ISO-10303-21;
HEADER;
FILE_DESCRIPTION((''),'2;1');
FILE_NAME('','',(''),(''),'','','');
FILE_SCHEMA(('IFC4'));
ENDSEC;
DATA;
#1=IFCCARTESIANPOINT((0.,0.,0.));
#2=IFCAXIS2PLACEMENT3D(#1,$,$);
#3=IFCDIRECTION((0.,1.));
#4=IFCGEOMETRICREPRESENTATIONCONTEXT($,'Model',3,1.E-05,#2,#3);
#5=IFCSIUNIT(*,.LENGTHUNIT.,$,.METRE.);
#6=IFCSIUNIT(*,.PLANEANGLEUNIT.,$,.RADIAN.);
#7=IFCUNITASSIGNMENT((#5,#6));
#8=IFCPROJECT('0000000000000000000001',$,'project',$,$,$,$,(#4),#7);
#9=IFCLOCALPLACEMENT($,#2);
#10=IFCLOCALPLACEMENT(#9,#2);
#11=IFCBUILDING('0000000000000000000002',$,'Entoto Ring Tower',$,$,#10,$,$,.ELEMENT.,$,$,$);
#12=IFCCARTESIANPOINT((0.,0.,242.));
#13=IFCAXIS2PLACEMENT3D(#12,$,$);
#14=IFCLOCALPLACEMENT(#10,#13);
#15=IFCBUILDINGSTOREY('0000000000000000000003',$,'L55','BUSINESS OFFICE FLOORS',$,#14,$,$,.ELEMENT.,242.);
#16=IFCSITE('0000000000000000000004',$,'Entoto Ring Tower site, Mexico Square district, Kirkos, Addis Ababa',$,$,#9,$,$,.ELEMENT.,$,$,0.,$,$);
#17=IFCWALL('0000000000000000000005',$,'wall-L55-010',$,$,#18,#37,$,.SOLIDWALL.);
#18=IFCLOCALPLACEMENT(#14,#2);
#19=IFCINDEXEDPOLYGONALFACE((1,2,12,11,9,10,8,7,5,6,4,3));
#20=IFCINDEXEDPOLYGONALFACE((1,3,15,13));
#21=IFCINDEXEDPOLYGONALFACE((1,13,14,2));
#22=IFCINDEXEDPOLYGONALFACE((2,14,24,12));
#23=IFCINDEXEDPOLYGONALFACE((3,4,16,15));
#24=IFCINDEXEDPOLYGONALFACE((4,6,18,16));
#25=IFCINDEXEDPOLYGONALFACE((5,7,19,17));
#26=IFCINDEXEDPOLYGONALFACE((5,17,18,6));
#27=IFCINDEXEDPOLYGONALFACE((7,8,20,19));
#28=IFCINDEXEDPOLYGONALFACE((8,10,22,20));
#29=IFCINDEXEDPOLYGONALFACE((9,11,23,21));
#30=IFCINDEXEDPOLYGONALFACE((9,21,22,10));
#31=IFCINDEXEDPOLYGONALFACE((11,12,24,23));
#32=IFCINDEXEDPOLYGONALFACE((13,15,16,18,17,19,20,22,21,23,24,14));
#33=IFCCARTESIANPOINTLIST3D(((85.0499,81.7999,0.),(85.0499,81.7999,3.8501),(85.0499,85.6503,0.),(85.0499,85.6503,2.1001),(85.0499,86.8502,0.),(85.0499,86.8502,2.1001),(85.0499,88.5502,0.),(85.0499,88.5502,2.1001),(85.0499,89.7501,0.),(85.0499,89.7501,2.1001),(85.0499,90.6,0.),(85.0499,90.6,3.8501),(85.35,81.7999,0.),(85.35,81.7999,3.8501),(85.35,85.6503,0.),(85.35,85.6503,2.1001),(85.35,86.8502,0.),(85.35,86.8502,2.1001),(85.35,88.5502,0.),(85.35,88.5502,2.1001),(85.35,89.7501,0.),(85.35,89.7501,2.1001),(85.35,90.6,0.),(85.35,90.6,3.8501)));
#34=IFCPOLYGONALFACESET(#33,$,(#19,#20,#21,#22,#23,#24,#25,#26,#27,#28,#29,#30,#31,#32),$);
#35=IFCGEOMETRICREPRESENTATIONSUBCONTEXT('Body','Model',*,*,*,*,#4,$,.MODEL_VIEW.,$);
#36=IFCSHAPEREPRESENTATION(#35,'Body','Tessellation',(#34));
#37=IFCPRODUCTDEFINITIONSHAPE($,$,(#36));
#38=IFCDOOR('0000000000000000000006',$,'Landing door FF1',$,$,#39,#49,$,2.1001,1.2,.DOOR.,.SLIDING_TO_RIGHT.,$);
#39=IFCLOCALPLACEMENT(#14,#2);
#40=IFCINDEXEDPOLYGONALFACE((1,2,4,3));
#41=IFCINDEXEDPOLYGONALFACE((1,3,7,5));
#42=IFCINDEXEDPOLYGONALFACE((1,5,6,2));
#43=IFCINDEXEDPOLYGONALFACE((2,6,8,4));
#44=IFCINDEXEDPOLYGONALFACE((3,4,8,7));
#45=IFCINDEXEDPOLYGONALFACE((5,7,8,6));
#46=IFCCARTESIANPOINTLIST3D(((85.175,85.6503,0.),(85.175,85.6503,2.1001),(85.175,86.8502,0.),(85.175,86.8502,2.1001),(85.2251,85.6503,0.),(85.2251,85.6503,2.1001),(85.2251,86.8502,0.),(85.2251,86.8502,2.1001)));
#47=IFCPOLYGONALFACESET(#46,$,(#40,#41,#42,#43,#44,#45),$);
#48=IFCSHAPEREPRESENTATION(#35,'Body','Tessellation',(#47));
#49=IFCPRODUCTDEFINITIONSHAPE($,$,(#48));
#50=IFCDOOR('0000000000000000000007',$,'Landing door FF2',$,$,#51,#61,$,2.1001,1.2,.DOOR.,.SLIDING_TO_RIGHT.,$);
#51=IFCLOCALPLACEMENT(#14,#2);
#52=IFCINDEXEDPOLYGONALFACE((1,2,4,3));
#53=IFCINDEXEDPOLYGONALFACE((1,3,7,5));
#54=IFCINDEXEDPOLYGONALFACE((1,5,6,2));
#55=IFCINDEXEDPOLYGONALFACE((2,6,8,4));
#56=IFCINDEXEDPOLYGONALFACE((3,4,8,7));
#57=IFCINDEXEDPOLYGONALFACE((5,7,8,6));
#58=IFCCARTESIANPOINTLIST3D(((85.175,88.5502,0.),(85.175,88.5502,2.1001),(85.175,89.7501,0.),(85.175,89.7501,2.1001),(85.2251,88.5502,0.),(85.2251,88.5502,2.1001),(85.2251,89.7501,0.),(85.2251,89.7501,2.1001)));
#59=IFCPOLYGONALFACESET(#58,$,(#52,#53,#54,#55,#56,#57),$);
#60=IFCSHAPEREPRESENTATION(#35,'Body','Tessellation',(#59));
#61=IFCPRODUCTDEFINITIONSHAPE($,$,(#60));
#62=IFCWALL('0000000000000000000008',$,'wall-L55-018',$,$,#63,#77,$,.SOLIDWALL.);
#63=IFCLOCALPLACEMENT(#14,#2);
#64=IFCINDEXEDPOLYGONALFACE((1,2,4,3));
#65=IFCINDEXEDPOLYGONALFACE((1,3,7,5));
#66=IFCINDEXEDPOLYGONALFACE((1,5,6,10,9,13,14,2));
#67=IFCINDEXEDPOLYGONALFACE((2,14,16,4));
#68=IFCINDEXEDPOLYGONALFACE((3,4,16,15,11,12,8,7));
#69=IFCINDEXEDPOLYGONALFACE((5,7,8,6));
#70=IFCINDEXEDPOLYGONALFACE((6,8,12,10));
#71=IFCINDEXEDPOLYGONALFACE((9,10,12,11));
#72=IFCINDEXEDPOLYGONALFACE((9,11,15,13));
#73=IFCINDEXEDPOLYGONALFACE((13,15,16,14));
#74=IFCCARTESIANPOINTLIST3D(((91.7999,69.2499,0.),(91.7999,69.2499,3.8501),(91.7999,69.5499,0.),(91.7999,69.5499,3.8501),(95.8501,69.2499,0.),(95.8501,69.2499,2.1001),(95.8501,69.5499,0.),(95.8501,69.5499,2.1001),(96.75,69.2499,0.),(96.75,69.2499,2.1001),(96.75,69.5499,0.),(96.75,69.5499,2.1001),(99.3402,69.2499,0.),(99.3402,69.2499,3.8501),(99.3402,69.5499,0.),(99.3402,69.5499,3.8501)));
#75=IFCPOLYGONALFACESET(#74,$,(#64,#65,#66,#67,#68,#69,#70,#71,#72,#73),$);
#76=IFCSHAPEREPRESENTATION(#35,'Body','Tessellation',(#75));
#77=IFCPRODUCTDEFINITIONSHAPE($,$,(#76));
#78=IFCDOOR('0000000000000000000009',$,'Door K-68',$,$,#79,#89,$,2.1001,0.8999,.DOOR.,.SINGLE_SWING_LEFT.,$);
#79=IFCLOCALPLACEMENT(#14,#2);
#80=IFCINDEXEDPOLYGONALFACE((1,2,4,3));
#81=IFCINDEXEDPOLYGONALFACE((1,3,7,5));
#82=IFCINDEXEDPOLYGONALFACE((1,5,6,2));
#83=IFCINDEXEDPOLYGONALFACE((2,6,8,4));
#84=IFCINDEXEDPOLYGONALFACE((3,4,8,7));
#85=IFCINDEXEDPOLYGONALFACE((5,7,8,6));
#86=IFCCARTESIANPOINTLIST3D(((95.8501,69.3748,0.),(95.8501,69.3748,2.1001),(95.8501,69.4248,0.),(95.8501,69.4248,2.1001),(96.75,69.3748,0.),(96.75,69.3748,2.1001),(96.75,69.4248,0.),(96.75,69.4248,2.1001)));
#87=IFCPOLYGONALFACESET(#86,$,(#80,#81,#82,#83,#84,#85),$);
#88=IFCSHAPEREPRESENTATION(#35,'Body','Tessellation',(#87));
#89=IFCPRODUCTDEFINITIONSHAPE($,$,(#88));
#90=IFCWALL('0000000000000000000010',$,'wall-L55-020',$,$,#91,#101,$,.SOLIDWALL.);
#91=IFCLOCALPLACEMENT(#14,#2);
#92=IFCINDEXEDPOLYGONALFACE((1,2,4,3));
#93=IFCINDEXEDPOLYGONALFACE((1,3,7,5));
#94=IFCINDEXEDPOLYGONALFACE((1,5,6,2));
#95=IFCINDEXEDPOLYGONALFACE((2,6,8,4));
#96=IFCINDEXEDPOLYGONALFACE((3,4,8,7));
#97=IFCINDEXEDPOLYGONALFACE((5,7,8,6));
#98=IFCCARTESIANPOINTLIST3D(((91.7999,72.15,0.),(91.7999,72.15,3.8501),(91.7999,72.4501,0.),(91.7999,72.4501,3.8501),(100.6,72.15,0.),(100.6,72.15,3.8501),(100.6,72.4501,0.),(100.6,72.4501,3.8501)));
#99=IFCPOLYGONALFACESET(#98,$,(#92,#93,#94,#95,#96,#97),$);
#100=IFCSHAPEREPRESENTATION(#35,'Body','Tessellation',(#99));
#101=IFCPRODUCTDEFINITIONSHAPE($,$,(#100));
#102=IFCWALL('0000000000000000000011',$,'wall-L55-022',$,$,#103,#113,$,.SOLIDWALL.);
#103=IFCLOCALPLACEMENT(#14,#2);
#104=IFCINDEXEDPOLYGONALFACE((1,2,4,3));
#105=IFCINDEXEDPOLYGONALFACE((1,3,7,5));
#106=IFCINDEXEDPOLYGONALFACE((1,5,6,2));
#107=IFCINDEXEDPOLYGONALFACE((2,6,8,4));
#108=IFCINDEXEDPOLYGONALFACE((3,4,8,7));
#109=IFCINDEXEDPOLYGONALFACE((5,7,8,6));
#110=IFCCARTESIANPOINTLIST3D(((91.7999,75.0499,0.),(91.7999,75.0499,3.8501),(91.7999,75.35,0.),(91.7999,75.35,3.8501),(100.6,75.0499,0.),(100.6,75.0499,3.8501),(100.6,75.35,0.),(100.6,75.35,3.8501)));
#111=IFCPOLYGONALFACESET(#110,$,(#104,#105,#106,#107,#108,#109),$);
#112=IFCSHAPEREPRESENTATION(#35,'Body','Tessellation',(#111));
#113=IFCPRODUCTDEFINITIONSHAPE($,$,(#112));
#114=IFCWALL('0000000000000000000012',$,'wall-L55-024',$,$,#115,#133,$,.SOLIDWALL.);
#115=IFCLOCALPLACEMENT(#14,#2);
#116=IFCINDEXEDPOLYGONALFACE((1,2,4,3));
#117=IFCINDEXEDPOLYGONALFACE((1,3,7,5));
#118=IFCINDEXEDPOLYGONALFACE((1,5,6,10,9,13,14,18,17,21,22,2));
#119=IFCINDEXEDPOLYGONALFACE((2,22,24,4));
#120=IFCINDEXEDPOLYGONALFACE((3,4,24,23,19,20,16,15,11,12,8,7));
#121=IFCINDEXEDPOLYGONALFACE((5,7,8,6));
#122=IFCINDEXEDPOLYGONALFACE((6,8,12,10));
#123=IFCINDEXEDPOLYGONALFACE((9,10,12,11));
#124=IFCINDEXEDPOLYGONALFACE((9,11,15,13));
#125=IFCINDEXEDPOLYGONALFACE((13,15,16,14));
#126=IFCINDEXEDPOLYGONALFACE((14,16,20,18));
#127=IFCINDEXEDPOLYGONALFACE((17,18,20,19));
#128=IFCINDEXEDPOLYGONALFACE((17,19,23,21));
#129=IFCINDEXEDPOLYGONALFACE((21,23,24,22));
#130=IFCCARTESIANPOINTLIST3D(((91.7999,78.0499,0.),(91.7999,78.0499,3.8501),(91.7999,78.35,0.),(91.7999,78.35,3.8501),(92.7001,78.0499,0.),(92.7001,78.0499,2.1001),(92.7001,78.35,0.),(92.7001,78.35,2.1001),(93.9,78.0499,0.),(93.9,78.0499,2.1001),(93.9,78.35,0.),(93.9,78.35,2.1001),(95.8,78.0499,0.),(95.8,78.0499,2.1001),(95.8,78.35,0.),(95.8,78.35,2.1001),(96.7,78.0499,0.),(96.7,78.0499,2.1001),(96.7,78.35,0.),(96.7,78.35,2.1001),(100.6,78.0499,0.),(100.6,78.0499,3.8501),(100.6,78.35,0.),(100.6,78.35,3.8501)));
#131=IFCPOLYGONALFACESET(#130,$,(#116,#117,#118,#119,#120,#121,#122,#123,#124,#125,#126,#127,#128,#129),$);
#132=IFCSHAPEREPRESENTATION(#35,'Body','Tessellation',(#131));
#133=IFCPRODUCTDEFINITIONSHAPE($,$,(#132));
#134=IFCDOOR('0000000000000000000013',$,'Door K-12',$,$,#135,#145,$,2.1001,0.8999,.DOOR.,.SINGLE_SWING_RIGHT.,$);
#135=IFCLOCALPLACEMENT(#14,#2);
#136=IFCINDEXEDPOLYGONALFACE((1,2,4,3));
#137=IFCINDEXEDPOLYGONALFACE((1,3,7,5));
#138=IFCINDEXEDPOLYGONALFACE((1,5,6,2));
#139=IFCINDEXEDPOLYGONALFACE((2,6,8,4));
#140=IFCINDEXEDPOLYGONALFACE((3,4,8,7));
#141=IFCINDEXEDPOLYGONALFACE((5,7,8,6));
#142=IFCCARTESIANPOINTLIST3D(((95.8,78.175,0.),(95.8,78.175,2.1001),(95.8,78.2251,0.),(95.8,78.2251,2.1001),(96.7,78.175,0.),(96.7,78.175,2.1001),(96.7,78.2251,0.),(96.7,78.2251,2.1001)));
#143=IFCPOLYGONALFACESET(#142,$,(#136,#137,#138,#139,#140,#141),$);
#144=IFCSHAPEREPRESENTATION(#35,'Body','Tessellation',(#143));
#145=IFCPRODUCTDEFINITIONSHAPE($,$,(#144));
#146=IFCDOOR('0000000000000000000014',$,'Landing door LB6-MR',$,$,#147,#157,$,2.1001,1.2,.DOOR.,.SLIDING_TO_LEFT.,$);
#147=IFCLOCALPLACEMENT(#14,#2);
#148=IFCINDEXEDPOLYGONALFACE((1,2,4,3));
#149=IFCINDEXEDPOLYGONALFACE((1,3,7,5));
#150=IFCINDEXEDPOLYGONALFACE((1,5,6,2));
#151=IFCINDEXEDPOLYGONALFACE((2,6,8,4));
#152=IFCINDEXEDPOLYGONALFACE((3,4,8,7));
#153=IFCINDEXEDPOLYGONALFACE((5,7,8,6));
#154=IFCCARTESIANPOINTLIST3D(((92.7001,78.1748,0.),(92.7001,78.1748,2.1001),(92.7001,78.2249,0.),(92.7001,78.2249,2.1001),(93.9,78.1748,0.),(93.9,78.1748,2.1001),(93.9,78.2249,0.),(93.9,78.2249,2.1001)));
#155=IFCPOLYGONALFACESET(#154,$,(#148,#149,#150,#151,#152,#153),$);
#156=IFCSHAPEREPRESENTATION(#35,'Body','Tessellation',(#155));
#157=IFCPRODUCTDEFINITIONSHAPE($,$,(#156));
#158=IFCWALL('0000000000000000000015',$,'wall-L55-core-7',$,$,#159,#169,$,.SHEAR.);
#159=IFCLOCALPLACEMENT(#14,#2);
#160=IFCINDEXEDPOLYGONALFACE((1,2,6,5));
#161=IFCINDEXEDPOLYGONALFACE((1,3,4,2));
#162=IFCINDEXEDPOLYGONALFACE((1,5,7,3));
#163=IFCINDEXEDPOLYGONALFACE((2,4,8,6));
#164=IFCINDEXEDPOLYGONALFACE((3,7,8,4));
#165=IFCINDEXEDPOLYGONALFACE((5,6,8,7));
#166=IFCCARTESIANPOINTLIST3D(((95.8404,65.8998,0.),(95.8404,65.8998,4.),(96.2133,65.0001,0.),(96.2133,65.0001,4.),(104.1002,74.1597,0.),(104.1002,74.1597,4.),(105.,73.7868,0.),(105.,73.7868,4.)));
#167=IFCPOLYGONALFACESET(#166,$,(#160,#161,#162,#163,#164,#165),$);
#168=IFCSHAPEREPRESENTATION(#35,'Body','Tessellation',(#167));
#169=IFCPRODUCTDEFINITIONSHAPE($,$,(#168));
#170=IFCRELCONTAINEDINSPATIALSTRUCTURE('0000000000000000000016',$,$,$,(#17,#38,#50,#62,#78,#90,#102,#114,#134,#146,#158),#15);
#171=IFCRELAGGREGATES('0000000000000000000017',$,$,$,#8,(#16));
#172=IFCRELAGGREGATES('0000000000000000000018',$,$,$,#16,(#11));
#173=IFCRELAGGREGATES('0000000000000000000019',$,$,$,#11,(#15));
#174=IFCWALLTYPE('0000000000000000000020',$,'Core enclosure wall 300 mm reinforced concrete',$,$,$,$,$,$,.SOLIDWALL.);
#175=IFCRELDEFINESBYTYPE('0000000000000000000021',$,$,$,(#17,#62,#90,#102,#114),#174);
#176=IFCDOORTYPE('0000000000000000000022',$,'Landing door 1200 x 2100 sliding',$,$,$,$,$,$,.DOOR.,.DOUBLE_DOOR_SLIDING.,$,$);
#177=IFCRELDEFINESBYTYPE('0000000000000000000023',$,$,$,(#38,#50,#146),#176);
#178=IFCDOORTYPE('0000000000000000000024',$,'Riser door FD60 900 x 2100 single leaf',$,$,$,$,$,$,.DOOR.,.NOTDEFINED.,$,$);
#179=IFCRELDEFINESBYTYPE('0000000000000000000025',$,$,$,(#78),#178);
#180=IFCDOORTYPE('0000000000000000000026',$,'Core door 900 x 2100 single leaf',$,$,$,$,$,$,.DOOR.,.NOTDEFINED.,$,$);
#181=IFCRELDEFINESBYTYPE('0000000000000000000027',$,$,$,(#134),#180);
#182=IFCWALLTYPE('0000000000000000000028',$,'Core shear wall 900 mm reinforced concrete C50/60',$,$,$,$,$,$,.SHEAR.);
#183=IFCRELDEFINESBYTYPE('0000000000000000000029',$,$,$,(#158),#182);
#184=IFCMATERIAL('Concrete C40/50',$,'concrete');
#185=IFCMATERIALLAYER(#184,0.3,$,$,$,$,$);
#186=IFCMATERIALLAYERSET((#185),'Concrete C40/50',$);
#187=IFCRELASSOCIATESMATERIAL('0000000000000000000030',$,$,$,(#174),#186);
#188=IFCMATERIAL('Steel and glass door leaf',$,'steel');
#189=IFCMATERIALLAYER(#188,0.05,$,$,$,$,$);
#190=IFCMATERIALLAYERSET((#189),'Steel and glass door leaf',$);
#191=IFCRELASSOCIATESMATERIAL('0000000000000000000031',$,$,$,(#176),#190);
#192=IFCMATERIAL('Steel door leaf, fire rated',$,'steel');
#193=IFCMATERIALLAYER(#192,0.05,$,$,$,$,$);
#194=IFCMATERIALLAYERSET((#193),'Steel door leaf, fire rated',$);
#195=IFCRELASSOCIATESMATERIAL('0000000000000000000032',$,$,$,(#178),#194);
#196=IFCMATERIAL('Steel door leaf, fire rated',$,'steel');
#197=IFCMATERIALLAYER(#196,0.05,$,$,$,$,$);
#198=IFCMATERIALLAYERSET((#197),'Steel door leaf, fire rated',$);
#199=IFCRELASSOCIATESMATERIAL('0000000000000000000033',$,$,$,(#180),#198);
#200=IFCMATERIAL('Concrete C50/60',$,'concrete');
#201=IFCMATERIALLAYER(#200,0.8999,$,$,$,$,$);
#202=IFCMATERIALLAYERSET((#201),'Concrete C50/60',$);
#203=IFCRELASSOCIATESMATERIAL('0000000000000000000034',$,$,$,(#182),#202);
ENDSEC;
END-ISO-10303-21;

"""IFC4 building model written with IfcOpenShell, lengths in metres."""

from ifc_helpers import new_model, si_unit, direction, frame, frame_2d, origin, place, context, subcontext, project, spatial, polyline, rectangle, outline, extrude, material, layer, layer_set, type_object, element, fill, save


model = new_model("IFC4")

# Units and contexts
model_context = context("Model", 3, precision=1e-05, world=origin(), true_north=direction((0.0, 1.0)))
body_context = subcontext(model_context, "Body", "Model", "MODEL_VIEW")
ifc_project = project(units=[si_unit("LENGTHUNIT", "METRE"), si_unit("PLANEANGLEUNIT", "RADIAN")], contexts=[model_context])

# Site, building, storey
site_placement = place(None, origin())
site = spatial("IfcSite", under=ifc_project, at=site_placement, Name="Entoto Ring Tower site, Mexico Square district, Kirkos, Addis Ababa", CompositionType="ELEMENT", RefElevation=0.0)
building_placement = place(site_placement, origin())
building = spatial("IfcBuilding", under=site, at=building_placement, Name="Entoto Ring Tower", CompositionType="ELEMENT")
storey_placement = place(building_placement, frame((0.0, 0.0, 242.0)))
storey = spatial("IfcBuildingStorey", under=building, at=storey_placement, Name="L55", Description="BUSINESS OFFICE FLOORS", CompositionType="ELEMENT", Elevation=242.0)

# Shared definitions
ifc_material_1 = material(Name="Concrete C40/50", Category="concrete")
ifc_layer_1 = layer(ifc_material_1, 0.3)
ifc_layer_set_1 = layer_set([ifc_layer_1], Name="Concrete C40/50")
wall_type_1 = type_object("IfcWallType", Name="Core enclosure wall 300 mm reinforced concrete", PredefinedType="SOLIDWALL", material=ifc_layer_set_1)

# Shared definitions
ifc_material_2 = material(Name="Steel and glass door leaf", Category="steel")
ifc_layer_2 = layer(ifc_material_2, 0.05)
ifc_layer_set_2 = layer_set([ifc_layer_2], Name="Steel and glass door leaf")
door_type_1 = type_object("IfcDoorType", Name="Landing door 1200 x 2100 sliding", OperationType="DOUBLE_DOOR_SLIDING", PredefinedType="DOOR", material=ifc_layer_set_2)

# Wall, openings, doors
wall_1_placement = place(storey_placement, frame((85.2, 81.8, 0.0), z_axis=(0.0, 0.0, 1.0), x_axis=(0.0, 1.0, 0.0)))
wall_1 = element("IfcWall", 1, at=wall_1_placement, inside=storey, type_object=wall_type_1, Name="wall-L55-010", PredefinedType="SOLIDWALL", context=body_context, shape_type="SweptSolid", body=[
    extrude(rectangle(XDim=8.8, YDim=0.3, at=frame_2d((4.3999, 0.0))), origin(), (0.0, 0.0, 1.0), 3.8501),
])
opening_1_placement = place(wall_1_placement, frame((3.8501, 0.0, 0.0)))
opening_1 = element("IfcOpeningElement", 2, at=opening_1_placement, cuts=wall_1, PredefinedType="OPENING", context=body_context, shape_type="SweptSolid", body=[
    extrude(rectangle(XDim=1.2, YDim=2.1001, at=frame_2d((0.6001, 1.05))), frame((0.0, 0.1602, 0.0), z_axis=(0.0, -1.0, 0.0), x_axis=(1.0, 0.0, 0.0)), (0.0, 0.0, 1.0), 0.3201),
])
opening_2_placement = place(wall_1_placement, frame((6.75, 0.0, 0.0)))
opening_2 = element("IfcOpeningElement", 3, at=opening_2_placement, cuts=wall_1, PredefinedType="OPENING", context=body_context, shape_type="SweptSolid", body=[
    extrude(rectangle(XDim=1.2, YDim=2.1001, at=frame_2d((0.6001, 1.05))), frame((0.0, 0.1602, 0.0), z_axis=(0.0, -1.0, 0.0), x_axis=(1.0, 0.0, 0.0)), (0.0, 0.0, 1.0), 0.3201),
])
door_1_placement = place(opening_1_placement, origin())
door_1 = element("IfcDoor", 4, at=door_1_placement, inside=storey, type_object=door_type_1, Name="Landing door FF1", OperationType="SLIDING_TO_RIGHT", OverallHeight=2.1001, OverallWidth=1.2, PredefinedType="DOOR", context=body_context, shape_type="SweptSolid", body=[
    extrude(rectangle(XDim=1.2, YDim=2.1001, at=frame_2d((0.6001, 1.05))), frame((0.0, 0.0249, 0.0), z_axis=(0.0, -1.0, 0.0), x_axis=(1.0, 0.0, 0.0)), (0.0, 0.0, 1.0), 0.05),
])
fill(opening_1, door_1)
door_2_placement = place(opening_2_placement, origin())
door_2 = element("IfcDoor", 5, at=door_2_placement, inside=storey, type_object=door_type_1, Name="Landing door FF2", OperationType="SLIDING_TO_RIGHT", OverallHeight=2.1001, OverallWidth=1.2, PredefinedType="DOOR", context=body_context, shape_type="SweptSolid", body=[
    extrude(rectangle(XDim=1.2, YDim=2.1001, at=frame_2d((0.6001, 1.05))), frame((0.0, 0.0249, 0.0), z_axis=(0.0, -1.0, 0.0), x_axis=(1.0, 0.0, 0.0)), (0.0, 0.0, 1.0), 0.05),
])
fill(opening_2, door_2)

# Wall, opening, door
wall_2_placement = place(storey_placement, frame((91.8, 69.3999, 0.0), z_axis=(0.0, 0.0, 1.0), x_axis=(1.0, 0.0, 0.0)))
wall_2 = element("IfcWall", 6, at=wall_2_placement, inside=storey, type_object=wall_type_1, Name="wall-L55-018", PredefinedType="SOLIDWALL", context=body_context, shape_type="SweptSolid", body=[
    extrude(rectangle(XDim=7.5403, YDim=0.3, at=frame_2d((3.77, 0.0))), origin(), (0.0, 0.0, 1.0), 3.8501),
])
opening_3_placement = place(wall_2_placement, frame((4.05, 0.0, 0.0)))
opening_3 = element("IfcOpeningElement", 7, at=opening_3_placement, cuts=wall_2, PredefinedType="OPENING", context=body_context, shape_type="SweptSolid", body=[
    extrude(rectangle(XDim=0.8999, YDim=2.1001, at=frame_2d((0.45, 1.05))), frame((0.0, 0.1602, 0.0), z_axis=(0.0, -1.0, 0.0), x_axis=(1.0, 0.0, 0.0)), (0.0, 0.0, 1.0), 0.3201),
])
ifc_material_3 = material(Name="Steel door leaf, fire rated", Category="steel")
ifc_layer_3 = layer(ifc_material_3, 0.05)
ifc_layer_set_3 = layer_set([ifc_layer_3], Name="Steel door leaf, fire rated")
door_type_2 = type_object("IfcDoorType", Name="Riser door FD60 900 x 2100 single leaf", OperationType="NOTDEFINED", PredefinedType="DOOR", material=ifc_layer_set_3)
door_3_placement = place(opening_3_placement, origin())
door_3 = element("IfcDoor", 8, at=door_3_placement, inside=storey, type_object=door_type_2, Name="Door K-68", OperationType="SINGLE_SWING_LEFT", OverallHeight=2.1001, OverallWidth=0.8999, PredefinedType="DOOR", context=body_context, shape_type="SweptSolid", body=[
    extrude(rectangle(XDim=0.8999, YDim=2.1001, at=frame_2d((0.45, 1.05))), frame((0.0, 0.0249, 0.0), z_axis=(0.0, -1.0, 0.0), x_axis=(1.0, 0.0, 0.0)), (0.0, 0.0, 1.0), 0.05),
])
fill(opening_3, door_3)

# Walls
for number, where, z_axis, x_axis, name in (
    (9, (91.8, 72.3, 0.0), (0.0, 0.0, 1.0), (1.0, 0.0, 0.0), "wall-L55-020"),
    (10, (91.8, 75.2, 0.0), (0.0, 0.0, 1.0), (1.0, 0.0, 0.0), "wall-L55-022"),
):
    element("IfcWall", number, at=place(storey_placement, frame(where, z_axis=z_axis, x_axis=x_axis)), inside=storey, type_object=wall_type_1, Name=name, PredefinedType="SOLIDWALL", context=body_context, shape_type="SweptSolid", body=[
        extrude(rectangle(XDim=8.8, YDim=0.3, at=frame_2d((4.3999, 0.0))), origin(), (0.0, 0.0, 1.0), 3.8501),
    ])

# Wall, openings, doors
wall_3_placement = place(storey_placement, frame((91.8, 78.2, 0.0), z_axis=(0.0, 0.0, 1.0), x_axis=(1.0, 0.0, 0.0)))
wall_3 = element("IfcWall", 11, at=wall_3_placement, inside=storey, type_object=wall_type_1, Name="wall-L55-024", PredefinedType="SOLIDWALL", context=body_context, shape_type="SweptSolid", body=[
    extrude(rectangle(XDim=8.8, YDim=0.3, at=frame_2d((4.3999, 0.0))), origin(), (0.0, 0.0, 1.0), 3.8501),
])
opening_4_placement = place(wall_3_placement, frame((0.8999, 0.0, 0.0)))
opening_4 = element("IfcOpeningElement", 12, at=opening_4_placement, cuts=wall_3, PredefinedType="OPENING", context=body_context, shape_type="SweptSolid", body=[
    extrude(rectangle(XDim=1.2, YDim=2.1001, at=frame_2d((0.6001, 1.05))), frame((0.0, 0.1602, 0.0), z_axis=(0.0, -1.0, 0.0), x_axis=(1.0, 0.0, 0.0)), (0.0, 0.0, 1.0), 0.3201),
])
opening_5_placement = place(wall_3_placement, frame((4.0, 0.0, 0.0)))
opening_5 = element("IfcOpeningElement", 13, at=opening_5_placement, cuts=wall_3, PredefinedType="OPENING", context=body_context, shape_type="SweptSolid", body=[
    extrude(rectangle(XDim=0.8999, YDim=2.1001, at=frame_2d((0.45, 1.05))), frame((0.0, 0.1602, 0.0), z_axis=(0.0, -1.0, 0.0), x_axis=(1.0, 0.0, 0.0)), (0.0, 0.0, 1.0), 0.3201),
])
ifc_material_4 = material(Name="Steel door leaf, fire rated", Category="steel")
ifc_layer_4 = layer(ifc_material_4, 0.05)
ifc_layer_set_4 = layer_set([ifc_layer_4], Name="Steel door leaf, fire rated")
door_type_3 = type_object("IfcDoorType", Name="Core door 900 x 2100 single leaf", OperationType="NOTDEFINED", PredefinedType="DOOR", material=ifc_layer_set_4)
door_4_placement = place(opening_5_placement, frame((0.8999, 0.0, 0.0), z_axis=(0.0, 0.0, 1.0), x_axis=(-1.0, 0.0, 0.0)))
door_4 = element("IfcDoor", 14, at=door_4_placement, inside=storey, type_object=door_type_3, Name="Door K-12", OperationType="SINGLE_SWING_RIGHT", OverallHeight=2.1001, OverallWidth=0.8999, PredefinedType="DOOR", context=body_context, shape_type="SweptSolid", body=[
    extrude(rectangle(XDim=0.8999, YDim=2.1001, at=frame_2d((0.45, 1.05))), frame((0.0, 0.0249, 0.0), z_axis=(0.0, -1.0, 0.0), x_axis=(1.0, 0.0, 0.0)), (0.0, 0.0, 1.0), 0.05),
])
fill(opening_5, door_4)
door_5_placement = place(opening_4_placement, origin())
door_5 = element("IfcDoor", 15, at=door_5_placement, inside=storey, type_object=door_type_1, Name="Landing door LB6-MR", OperationType="SLIDING_TO_LEFT", OverallHeight=2.1001, OverallWidth=1.2, PredefinedType="DOOR", context=body_context, shape_type="SweptSolid", body=[
    extrude(rectangle(XDim=1.2, YDim=2.1001, at=frame_2d((0.6001, 1.05))), frame((0.0, 0.0249, 0.0), z_axis=(0.0, -1.0, 0.0), x_axis=(1.0, 0.0, 0.0)), (0.0, 0.0, 1.0), 0.05),
])
fill(opening_4, door_5)

# Wall
ifc_material_5 = material(Name="Concrete C50/60", Category="concrete")
ifc_layer_5 = layer(ifc_material_5, 0.8999)
ifc_layer_set_5 = layer_set([ifc_layer_5], Name="Concrete C50/60")
wall_type_2 = type_object("IfcWallType", Name="Core shear wall 900 mm reinforced concrete C50/60", PredefinedType="SHEAR", material=ifc_layer_set_5)
wall_4_placement = place(storey_placement, frame((96.0269, 65.45, 0.0), z_axis=(0.0, 0.0, 1.0), x_axis=(0.707107, 0.707107, 0.0)))
element("IfcWall", 16, at=wall_4_placement, inside=storey, type_object=wall_type_2, Name="wall-L55-core-7", PredefinedType="SHEAR", context=body_context, shape_type="SweptSolid", body=[
    extrude(outline(polyline([(-0.1863, -0.45), (12.24, -0.45), (11.8674, 0.45), (0.1863, 0.45), (-0.1863, -0.45)])), origin(), (0.0, 0.0, 1.0), 4.0),
])

save(model, "model.ifc")
